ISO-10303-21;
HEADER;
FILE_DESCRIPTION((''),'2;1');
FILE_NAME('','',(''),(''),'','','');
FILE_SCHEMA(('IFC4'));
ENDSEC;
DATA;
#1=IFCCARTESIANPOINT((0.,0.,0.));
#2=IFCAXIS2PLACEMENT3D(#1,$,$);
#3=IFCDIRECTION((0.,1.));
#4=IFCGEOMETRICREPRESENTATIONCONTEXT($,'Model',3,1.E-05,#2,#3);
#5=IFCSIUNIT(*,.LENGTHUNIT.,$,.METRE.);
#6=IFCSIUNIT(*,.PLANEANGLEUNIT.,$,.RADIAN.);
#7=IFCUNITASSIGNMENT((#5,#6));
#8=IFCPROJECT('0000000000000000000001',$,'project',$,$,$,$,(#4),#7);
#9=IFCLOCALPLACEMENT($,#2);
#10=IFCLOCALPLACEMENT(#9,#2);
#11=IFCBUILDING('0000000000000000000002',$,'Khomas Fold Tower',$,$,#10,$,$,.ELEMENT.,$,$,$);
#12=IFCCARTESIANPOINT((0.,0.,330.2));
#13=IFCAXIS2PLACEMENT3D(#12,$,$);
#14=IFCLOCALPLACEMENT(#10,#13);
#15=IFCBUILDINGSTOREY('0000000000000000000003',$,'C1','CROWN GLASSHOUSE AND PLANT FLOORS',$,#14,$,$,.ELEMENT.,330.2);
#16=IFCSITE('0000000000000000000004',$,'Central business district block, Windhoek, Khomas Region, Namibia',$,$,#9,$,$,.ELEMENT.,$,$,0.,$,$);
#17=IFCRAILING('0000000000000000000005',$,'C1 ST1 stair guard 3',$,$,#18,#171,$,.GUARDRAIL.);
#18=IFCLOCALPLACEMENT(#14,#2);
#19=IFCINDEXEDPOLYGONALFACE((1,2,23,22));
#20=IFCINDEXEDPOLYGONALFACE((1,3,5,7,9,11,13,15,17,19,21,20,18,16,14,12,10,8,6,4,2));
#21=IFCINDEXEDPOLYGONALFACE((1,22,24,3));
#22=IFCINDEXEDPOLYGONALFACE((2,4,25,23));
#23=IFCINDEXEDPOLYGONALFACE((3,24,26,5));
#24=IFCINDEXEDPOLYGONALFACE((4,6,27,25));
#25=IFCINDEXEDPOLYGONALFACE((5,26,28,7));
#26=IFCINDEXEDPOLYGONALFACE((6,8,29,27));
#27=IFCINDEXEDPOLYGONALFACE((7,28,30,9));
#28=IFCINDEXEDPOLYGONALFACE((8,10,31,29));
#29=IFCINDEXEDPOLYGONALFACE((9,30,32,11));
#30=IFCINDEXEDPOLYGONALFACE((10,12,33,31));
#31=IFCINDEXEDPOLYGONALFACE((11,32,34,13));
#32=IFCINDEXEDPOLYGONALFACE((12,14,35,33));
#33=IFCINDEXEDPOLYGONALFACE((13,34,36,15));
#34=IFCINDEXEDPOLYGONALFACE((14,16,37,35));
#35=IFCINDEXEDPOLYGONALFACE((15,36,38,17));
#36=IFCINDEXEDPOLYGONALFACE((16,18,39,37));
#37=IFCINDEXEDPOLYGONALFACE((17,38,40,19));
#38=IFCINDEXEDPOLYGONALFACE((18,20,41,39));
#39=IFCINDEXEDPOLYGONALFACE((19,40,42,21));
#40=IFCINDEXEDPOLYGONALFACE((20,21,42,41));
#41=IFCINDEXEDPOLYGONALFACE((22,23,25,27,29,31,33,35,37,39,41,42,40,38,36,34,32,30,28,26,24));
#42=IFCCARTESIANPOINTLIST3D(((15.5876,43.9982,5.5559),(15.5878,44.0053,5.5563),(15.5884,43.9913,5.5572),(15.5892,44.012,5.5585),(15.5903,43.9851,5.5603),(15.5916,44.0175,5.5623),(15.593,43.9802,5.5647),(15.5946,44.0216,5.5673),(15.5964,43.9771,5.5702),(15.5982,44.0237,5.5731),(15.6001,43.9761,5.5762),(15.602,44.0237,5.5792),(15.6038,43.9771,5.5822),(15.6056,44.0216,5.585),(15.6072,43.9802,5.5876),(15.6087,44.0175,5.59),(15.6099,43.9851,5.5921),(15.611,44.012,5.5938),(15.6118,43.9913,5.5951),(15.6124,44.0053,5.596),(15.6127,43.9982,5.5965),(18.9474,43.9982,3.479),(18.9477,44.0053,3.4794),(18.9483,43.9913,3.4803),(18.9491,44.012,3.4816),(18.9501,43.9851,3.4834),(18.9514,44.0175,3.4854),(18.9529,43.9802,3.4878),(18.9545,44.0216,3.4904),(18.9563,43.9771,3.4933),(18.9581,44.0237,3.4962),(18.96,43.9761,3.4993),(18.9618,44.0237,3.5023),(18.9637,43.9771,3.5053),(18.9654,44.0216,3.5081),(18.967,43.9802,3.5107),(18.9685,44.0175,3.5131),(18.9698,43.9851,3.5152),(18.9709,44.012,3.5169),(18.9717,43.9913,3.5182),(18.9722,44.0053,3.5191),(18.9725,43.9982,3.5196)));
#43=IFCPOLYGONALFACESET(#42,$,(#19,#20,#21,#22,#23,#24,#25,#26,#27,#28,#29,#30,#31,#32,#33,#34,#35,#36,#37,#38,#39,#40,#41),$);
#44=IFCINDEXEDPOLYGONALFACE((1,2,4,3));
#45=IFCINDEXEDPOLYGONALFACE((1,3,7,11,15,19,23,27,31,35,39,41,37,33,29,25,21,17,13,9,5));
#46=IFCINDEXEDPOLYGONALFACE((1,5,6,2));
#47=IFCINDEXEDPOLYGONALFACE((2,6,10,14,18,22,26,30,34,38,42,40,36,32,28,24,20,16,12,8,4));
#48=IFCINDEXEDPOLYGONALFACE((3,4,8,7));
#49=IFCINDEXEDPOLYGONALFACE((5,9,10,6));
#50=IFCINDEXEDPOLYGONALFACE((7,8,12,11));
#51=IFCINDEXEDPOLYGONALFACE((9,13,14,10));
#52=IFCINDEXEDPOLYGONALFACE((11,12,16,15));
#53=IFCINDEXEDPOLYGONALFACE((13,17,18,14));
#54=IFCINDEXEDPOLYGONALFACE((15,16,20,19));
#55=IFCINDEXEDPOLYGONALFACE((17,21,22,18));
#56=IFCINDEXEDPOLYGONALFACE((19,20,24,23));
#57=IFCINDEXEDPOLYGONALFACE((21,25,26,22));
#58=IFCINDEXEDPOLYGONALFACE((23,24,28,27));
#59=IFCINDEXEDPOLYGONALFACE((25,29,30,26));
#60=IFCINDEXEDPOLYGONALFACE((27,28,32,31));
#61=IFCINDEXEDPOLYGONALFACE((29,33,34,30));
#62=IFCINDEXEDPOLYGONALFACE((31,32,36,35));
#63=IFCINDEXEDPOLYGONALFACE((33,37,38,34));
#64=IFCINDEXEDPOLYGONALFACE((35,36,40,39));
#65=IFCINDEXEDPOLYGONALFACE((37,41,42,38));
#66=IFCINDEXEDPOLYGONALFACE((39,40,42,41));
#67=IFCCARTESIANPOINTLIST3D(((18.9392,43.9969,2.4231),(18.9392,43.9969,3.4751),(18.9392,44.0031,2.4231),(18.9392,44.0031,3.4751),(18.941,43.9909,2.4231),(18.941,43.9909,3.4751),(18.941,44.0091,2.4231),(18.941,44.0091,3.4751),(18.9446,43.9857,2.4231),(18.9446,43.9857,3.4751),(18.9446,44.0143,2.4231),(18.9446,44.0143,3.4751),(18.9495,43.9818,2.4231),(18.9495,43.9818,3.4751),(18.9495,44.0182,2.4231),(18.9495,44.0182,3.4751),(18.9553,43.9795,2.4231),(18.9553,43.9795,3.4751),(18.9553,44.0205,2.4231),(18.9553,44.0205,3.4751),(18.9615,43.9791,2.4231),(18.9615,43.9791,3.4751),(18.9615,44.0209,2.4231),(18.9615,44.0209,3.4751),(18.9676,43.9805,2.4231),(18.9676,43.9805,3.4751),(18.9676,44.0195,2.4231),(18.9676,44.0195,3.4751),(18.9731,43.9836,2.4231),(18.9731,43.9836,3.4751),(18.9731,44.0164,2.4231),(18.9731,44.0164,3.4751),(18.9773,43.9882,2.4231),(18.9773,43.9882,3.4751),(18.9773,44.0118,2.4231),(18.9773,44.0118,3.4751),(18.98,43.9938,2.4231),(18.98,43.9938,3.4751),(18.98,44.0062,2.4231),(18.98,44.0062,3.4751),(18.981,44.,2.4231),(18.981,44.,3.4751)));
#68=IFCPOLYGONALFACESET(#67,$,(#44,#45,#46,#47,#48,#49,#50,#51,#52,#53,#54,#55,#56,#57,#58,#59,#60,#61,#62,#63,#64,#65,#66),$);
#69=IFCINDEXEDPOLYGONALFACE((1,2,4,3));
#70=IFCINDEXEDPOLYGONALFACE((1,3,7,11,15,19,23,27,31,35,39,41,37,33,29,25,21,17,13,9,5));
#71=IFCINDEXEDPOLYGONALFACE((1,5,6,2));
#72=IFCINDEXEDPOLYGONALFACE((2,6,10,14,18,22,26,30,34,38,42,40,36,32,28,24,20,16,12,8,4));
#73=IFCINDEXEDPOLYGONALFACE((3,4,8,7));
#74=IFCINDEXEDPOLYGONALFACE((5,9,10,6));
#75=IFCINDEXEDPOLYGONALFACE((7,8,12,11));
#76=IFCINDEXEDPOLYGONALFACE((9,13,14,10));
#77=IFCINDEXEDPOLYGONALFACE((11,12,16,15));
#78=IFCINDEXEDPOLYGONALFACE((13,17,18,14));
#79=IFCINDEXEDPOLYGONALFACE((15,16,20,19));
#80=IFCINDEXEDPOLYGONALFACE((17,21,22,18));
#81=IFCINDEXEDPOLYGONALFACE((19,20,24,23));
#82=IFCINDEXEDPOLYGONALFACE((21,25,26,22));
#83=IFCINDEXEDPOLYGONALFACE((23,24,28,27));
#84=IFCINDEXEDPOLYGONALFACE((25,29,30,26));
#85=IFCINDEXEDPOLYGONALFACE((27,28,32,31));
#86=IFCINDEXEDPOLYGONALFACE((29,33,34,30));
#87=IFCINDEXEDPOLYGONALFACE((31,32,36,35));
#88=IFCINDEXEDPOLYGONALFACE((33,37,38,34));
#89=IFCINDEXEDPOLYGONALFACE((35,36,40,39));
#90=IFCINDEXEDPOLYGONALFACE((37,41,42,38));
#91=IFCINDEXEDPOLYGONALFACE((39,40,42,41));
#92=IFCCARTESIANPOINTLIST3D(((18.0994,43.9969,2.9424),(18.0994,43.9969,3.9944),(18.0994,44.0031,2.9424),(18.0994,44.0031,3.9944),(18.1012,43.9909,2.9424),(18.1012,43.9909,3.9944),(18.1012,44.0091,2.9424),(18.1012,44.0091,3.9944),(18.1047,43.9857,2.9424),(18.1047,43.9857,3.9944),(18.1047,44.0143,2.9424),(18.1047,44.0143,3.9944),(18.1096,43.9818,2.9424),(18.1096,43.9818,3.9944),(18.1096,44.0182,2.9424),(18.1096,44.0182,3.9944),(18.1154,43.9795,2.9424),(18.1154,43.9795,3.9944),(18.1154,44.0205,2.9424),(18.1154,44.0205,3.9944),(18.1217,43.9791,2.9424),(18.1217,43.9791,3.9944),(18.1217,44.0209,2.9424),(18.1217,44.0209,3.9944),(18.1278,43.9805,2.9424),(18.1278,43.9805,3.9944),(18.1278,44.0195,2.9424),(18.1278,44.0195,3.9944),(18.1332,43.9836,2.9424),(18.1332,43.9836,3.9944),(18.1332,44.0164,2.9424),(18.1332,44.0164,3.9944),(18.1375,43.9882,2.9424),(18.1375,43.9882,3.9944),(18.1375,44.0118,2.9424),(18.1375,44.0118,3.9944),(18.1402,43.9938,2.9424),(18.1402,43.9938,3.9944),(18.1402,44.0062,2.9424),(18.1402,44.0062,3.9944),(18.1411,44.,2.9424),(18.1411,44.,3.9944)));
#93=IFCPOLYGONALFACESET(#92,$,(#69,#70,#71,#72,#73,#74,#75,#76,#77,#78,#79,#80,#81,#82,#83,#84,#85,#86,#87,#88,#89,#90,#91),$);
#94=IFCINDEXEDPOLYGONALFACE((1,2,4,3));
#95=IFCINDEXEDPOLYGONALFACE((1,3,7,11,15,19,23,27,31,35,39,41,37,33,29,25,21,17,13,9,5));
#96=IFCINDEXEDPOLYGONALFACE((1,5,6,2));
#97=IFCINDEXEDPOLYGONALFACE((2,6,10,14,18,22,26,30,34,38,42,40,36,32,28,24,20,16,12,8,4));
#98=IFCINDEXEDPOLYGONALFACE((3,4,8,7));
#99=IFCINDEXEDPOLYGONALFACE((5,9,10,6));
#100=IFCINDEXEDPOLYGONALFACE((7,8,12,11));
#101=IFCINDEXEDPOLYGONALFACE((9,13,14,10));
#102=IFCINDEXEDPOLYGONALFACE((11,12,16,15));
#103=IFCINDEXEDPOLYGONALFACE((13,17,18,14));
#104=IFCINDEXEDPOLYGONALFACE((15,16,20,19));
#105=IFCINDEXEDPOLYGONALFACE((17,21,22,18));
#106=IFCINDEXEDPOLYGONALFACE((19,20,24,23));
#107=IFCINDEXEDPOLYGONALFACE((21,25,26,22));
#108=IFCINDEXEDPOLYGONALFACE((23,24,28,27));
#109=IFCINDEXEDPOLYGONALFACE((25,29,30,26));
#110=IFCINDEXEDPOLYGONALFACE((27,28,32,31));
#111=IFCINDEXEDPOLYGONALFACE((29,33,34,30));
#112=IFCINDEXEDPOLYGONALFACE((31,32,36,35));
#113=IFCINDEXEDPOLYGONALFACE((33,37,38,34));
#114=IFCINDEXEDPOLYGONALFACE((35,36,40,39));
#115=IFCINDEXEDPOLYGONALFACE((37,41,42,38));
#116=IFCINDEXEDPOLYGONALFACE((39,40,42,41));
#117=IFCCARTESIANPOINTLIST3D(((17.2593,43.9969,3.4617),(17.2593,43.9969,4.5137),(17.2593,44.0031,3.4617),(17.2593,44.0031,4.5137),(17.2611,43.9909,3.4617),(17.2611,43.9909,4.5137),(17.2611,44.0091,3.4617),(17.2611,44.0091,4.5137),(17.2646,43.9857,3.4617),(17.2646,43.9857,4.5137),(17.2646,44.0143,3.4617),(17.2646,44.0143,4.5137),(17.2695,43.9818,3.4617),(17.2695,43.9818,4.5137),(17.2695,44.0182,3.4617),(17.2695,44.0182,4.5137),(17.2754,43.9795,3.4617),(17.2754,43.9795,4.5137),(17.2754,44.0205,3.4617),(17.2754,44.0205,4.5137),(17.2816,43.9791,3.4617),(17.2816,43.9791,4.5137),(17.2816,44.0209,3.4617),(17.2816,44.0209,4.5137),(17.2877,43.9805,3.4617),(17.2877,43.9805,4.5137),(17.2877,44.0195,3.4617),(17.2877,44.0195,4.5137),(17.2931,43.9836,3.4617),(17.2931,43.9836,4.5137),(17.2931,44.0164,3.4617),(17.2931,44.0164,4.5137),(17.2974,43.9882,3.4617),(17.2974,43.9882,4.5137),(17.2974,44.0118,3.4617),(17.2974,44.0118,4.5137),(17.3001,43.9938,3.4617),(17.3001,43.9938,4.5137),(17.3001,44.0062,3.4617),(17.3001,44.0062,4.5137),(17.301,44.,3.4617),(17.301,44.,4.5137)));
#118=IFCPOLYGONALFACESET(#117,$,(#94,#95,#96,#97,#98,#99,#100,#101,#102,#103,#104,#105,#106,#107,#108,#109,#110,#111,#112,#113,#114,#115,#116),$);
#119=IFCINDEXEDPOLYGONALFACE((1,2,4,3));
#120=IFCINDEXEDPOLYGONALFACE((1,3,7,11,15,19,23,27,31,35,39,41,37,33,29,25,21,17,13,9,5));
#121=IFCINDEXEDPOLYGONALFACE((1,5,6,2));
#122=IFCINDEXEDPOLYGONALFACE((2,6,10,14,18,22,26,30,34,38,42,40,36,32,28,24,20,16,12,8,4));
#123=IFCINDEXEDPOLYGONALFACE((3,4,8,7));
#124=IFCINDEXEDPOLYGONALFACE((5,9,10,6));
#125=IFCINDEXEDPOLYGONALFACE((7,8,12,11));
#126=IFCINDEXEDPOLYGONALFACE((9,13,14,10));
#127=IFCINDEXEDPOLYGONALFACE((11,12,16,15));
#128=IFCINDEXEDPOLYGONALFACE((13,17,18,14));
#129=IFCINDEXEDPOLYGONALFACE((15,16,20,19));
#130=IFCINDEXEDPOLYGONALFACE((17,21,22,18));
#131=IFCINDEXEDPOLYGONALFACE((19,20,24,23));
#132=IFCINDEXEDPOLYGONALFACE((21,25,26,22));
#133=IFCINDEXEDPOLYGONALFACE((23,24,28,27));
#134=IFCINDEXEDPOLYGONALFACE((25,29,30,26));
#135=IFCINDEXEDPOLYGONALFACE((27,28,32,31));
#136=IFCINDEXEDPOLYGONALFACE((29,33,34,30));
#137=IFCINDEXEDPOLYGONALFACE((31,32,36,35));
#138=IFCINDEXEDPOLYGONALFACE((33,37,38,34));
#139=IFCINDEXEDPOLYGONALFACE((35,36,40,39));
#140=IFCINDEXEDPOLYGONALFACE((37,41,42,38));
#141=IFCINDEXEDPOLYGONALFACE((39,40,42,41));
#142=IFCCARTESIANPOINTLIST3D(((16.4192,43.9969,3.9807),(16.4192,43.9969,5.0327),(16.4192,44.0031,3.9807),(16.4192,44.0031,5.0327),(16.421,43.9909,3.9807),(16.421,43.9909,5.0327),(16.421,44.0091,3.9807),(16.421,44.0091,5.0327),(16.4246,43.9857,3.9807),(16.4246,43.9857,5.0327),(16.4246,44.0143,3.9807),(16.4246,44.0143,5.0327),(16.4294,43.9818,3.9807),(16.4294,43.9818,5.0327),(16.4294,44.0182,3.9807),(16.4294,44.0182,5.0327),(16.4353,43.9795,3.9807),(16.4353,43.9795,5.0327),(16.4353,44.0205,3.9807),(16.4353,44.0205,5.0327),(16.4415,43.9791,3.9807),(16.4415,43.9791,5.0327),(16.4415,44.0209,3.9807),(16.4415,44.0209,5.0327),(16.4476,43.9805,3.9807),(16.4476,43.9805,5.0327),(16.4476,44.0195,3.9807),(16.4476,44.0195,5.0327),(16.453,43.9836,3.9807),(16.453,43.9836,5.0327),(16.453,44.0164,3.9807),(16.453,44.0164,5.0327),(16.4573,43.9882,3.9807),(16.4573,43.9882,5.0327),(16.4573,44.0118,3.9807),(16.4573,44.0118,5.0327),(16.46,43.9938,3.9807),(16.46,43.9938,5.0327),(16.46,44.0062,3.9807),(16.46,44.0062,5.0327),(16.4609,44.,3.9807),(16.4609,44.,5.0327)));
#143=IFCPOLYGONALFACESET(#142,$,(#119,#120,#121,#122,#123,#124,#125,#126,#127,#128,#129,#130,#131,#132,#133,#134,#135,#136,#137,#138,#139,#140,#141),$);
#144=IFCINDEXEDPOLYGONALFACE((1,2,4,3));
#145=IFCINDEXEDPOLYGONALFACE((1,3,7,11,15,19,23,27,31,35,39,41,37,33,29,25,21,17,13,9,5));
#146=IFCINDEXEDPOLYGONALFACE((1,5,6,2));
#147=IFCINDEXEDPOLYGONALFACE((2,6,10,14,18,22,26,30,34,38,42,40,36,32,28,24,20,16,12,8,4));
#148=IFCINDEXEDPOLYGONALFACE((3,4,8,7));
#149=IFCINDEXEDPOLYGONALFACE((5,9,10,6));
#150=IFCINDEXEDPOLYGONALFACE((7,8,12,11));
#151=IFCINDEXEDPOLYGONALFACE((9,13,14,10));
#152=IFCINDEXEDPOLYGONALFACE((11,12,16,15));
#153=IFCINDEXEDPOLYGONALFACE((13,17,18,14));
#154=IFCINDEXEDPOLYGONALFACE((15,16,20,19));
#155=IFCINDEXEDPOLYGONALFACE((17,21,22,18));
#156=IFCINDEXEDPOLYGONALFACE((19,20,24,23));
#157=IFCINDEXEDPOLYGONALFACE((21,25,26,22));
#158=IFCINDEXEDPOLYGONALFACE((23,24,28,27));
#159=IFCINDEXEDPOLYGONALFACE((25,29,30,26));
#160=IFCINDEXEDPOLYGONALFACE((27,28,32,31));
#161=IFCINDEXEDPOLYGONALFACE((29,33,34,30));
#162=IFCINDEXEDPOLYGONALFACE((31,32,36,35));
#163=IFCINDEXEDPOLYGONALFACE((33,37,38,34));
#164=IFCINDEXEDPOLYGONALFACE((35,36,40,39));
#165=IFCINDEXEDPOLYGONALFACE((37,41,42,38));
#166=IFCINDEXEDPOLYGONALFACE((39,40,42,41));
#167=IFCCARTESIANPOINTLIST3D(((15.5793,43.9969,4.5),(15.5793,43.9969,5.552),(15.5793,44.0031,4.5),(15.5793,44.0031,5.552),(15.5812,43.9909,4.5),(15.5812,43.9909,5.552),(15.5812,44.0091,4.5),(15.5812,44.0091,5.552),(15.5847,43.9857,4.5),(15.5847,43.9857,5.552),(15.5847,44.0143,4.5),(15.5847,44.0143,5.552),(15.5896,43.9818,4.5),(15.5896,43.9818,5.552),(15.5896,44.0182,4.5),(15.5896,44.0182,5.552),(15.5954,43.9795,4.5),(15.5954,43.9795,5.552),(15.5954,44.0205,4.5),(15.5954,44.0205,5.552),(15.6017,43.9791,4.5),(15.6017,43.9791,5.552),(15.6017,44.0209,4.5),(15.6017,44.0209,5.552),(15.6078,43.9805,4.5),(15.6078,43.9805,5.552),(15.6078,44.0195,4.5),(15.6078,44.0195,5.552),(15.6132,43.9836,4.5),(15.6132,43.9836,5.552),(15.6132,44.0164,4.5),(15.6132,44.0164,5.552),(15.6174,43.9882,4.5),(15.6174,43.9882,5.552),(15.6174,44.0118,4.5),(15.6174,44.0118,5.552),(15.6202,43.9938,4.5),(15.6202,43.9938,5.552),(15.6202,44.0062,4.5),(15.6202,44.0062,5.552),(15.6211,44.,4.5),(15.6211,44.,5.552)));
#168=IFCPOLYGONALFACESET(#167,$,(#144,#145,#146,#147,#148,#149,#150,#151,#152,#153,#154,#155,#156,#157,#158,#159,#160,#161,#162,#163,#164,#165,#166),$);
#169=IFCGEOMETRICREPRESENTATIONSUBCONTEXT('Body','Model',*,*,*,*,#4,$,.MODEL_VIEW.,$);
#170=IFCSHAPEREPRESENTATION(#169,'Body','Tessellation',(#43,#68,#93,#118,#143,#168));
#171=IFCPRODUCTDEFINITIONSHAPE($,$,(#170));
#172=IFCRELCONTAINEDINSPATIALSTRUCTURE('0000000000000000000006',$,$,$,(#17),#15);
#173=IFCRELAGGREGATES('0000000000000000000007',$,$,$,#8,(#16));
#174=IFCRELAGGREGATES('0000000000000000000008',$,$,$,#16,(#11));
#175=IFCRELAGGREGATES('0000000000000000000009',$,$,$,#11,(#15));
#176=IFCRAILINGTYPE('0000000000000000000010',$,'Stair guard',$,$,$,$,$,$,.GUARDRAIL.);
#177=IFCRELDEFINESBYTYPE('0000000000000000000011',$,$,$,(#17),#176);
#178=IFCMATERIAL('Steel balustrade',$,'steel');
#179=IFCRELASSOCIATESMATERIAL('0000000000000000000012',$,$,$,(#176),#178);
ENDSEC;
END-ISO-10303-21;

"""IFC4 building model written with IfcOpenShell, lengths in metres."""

from ifc_helpers import new_model, si_unit, direction, frame, origin, origin_2d, place, context, subcontext, project, spatial, circle, extrude, source, transform, mapped, material, type_object, element, save


model = new_model("IFC4")

# Units and contexts
model_context = context("Model", 3, precision=1e-05, world=origin(), true_north=direction((0.0, 1.0)))
body_context = subcontext(model_context, "Body", "Model", "MODEL_VIEW")
ifc_project = project(units=[si_unit("LENGTHUNIT", "METRE"), si_unit("PLANEANGLEUNIT", "RADIAN")], contexts=[model_context])

# Site, building, storey
site_placement = place(None, origin())
site = spatial("IfcSite", under=ifc_project, at=site_placement, Name="Central business district block, Windhoek, Khomas Region, Namibia", CompositionType="ELEMENT", RefElevation=0.0)
building_placement = place(site_placement, origin())
building = spatial("IfcBuilding", under=site, at=building_placement, Name="Khomas Fold Tower", CompositionType="ELEMENT")
storey_placement = place(building_placement, frame((0.0, 0.0, 330.2)))
storey = spatial("IfcBuildingStorey", under=building, at=storey_placement, Name="C1", Description="CROWN GLASSHOUSE AND PLANT FLOORS", CompositionType="ELEMENT", Elevation=330.2)

# Railing
ifc_material_1 = material(Name="Steel balustrade", Category="steel")
railing_type_1 = type_object("IfcRailingType", Name="Stair guard", PredefinedType="GUARDRAIL", material=ifc_material_1)
shared_shape_1 = source(origin(), body_context, "Body", "SweptSolid", [
    extrude(circle(Radius=0.0239, at=origin_2d()), frame((0.0, 0.0, 1.0762), z_axis=(-0.850606, 0.0, 0.525803), x_axis=(0.0, -1.0, 0.0)), (0.0, 0.0, 1.0), 3.95),
    extrude(circle(Radius=0.021, at=origin_2d()), origin(), (0.0, 0.0, 1.0), 1.052),
    extrude(circle(Radius=0.021, at=origin_2d()), frame((-0.8398, 0.0, 0.5193)), (0.0, 0.0, 1.0), 1.052),
    extrude(circle(Radius=0.021, at=origin_2d()), frame((-1.6799, 0.0, 1.0386)), (0.0, 0.0, 1.0), 1.052),
    extrude(circle(Radius=0.021, at=origin_2d()), frame((-2.52, 0.0, 1.5576)), (0.0, 0.0, 1.0), 1.052),
    extrude(circle(Radius=0.021, at=origin_2d()), frame((-3.3599, 0.0, 2.0769)), (0.0, 0.0, 1.0), 1.052),
])
railing_1_placement = place(storey_placement, frame((18.96, 44.0, 2.4231)))
element("IfcRailing", 1, at=railing_1_placement, inside=storey, type_object=railing_type_1, Name="C1 ST1 stair guard 3", PredefinedType="GUARDRAIL", context=body_context, shape_type="MappedRepresentation", body=[
    mapped(shared_shape_1, transform((0.0, 0.0, 0.0))),
])

save(model, "model.ifc")
